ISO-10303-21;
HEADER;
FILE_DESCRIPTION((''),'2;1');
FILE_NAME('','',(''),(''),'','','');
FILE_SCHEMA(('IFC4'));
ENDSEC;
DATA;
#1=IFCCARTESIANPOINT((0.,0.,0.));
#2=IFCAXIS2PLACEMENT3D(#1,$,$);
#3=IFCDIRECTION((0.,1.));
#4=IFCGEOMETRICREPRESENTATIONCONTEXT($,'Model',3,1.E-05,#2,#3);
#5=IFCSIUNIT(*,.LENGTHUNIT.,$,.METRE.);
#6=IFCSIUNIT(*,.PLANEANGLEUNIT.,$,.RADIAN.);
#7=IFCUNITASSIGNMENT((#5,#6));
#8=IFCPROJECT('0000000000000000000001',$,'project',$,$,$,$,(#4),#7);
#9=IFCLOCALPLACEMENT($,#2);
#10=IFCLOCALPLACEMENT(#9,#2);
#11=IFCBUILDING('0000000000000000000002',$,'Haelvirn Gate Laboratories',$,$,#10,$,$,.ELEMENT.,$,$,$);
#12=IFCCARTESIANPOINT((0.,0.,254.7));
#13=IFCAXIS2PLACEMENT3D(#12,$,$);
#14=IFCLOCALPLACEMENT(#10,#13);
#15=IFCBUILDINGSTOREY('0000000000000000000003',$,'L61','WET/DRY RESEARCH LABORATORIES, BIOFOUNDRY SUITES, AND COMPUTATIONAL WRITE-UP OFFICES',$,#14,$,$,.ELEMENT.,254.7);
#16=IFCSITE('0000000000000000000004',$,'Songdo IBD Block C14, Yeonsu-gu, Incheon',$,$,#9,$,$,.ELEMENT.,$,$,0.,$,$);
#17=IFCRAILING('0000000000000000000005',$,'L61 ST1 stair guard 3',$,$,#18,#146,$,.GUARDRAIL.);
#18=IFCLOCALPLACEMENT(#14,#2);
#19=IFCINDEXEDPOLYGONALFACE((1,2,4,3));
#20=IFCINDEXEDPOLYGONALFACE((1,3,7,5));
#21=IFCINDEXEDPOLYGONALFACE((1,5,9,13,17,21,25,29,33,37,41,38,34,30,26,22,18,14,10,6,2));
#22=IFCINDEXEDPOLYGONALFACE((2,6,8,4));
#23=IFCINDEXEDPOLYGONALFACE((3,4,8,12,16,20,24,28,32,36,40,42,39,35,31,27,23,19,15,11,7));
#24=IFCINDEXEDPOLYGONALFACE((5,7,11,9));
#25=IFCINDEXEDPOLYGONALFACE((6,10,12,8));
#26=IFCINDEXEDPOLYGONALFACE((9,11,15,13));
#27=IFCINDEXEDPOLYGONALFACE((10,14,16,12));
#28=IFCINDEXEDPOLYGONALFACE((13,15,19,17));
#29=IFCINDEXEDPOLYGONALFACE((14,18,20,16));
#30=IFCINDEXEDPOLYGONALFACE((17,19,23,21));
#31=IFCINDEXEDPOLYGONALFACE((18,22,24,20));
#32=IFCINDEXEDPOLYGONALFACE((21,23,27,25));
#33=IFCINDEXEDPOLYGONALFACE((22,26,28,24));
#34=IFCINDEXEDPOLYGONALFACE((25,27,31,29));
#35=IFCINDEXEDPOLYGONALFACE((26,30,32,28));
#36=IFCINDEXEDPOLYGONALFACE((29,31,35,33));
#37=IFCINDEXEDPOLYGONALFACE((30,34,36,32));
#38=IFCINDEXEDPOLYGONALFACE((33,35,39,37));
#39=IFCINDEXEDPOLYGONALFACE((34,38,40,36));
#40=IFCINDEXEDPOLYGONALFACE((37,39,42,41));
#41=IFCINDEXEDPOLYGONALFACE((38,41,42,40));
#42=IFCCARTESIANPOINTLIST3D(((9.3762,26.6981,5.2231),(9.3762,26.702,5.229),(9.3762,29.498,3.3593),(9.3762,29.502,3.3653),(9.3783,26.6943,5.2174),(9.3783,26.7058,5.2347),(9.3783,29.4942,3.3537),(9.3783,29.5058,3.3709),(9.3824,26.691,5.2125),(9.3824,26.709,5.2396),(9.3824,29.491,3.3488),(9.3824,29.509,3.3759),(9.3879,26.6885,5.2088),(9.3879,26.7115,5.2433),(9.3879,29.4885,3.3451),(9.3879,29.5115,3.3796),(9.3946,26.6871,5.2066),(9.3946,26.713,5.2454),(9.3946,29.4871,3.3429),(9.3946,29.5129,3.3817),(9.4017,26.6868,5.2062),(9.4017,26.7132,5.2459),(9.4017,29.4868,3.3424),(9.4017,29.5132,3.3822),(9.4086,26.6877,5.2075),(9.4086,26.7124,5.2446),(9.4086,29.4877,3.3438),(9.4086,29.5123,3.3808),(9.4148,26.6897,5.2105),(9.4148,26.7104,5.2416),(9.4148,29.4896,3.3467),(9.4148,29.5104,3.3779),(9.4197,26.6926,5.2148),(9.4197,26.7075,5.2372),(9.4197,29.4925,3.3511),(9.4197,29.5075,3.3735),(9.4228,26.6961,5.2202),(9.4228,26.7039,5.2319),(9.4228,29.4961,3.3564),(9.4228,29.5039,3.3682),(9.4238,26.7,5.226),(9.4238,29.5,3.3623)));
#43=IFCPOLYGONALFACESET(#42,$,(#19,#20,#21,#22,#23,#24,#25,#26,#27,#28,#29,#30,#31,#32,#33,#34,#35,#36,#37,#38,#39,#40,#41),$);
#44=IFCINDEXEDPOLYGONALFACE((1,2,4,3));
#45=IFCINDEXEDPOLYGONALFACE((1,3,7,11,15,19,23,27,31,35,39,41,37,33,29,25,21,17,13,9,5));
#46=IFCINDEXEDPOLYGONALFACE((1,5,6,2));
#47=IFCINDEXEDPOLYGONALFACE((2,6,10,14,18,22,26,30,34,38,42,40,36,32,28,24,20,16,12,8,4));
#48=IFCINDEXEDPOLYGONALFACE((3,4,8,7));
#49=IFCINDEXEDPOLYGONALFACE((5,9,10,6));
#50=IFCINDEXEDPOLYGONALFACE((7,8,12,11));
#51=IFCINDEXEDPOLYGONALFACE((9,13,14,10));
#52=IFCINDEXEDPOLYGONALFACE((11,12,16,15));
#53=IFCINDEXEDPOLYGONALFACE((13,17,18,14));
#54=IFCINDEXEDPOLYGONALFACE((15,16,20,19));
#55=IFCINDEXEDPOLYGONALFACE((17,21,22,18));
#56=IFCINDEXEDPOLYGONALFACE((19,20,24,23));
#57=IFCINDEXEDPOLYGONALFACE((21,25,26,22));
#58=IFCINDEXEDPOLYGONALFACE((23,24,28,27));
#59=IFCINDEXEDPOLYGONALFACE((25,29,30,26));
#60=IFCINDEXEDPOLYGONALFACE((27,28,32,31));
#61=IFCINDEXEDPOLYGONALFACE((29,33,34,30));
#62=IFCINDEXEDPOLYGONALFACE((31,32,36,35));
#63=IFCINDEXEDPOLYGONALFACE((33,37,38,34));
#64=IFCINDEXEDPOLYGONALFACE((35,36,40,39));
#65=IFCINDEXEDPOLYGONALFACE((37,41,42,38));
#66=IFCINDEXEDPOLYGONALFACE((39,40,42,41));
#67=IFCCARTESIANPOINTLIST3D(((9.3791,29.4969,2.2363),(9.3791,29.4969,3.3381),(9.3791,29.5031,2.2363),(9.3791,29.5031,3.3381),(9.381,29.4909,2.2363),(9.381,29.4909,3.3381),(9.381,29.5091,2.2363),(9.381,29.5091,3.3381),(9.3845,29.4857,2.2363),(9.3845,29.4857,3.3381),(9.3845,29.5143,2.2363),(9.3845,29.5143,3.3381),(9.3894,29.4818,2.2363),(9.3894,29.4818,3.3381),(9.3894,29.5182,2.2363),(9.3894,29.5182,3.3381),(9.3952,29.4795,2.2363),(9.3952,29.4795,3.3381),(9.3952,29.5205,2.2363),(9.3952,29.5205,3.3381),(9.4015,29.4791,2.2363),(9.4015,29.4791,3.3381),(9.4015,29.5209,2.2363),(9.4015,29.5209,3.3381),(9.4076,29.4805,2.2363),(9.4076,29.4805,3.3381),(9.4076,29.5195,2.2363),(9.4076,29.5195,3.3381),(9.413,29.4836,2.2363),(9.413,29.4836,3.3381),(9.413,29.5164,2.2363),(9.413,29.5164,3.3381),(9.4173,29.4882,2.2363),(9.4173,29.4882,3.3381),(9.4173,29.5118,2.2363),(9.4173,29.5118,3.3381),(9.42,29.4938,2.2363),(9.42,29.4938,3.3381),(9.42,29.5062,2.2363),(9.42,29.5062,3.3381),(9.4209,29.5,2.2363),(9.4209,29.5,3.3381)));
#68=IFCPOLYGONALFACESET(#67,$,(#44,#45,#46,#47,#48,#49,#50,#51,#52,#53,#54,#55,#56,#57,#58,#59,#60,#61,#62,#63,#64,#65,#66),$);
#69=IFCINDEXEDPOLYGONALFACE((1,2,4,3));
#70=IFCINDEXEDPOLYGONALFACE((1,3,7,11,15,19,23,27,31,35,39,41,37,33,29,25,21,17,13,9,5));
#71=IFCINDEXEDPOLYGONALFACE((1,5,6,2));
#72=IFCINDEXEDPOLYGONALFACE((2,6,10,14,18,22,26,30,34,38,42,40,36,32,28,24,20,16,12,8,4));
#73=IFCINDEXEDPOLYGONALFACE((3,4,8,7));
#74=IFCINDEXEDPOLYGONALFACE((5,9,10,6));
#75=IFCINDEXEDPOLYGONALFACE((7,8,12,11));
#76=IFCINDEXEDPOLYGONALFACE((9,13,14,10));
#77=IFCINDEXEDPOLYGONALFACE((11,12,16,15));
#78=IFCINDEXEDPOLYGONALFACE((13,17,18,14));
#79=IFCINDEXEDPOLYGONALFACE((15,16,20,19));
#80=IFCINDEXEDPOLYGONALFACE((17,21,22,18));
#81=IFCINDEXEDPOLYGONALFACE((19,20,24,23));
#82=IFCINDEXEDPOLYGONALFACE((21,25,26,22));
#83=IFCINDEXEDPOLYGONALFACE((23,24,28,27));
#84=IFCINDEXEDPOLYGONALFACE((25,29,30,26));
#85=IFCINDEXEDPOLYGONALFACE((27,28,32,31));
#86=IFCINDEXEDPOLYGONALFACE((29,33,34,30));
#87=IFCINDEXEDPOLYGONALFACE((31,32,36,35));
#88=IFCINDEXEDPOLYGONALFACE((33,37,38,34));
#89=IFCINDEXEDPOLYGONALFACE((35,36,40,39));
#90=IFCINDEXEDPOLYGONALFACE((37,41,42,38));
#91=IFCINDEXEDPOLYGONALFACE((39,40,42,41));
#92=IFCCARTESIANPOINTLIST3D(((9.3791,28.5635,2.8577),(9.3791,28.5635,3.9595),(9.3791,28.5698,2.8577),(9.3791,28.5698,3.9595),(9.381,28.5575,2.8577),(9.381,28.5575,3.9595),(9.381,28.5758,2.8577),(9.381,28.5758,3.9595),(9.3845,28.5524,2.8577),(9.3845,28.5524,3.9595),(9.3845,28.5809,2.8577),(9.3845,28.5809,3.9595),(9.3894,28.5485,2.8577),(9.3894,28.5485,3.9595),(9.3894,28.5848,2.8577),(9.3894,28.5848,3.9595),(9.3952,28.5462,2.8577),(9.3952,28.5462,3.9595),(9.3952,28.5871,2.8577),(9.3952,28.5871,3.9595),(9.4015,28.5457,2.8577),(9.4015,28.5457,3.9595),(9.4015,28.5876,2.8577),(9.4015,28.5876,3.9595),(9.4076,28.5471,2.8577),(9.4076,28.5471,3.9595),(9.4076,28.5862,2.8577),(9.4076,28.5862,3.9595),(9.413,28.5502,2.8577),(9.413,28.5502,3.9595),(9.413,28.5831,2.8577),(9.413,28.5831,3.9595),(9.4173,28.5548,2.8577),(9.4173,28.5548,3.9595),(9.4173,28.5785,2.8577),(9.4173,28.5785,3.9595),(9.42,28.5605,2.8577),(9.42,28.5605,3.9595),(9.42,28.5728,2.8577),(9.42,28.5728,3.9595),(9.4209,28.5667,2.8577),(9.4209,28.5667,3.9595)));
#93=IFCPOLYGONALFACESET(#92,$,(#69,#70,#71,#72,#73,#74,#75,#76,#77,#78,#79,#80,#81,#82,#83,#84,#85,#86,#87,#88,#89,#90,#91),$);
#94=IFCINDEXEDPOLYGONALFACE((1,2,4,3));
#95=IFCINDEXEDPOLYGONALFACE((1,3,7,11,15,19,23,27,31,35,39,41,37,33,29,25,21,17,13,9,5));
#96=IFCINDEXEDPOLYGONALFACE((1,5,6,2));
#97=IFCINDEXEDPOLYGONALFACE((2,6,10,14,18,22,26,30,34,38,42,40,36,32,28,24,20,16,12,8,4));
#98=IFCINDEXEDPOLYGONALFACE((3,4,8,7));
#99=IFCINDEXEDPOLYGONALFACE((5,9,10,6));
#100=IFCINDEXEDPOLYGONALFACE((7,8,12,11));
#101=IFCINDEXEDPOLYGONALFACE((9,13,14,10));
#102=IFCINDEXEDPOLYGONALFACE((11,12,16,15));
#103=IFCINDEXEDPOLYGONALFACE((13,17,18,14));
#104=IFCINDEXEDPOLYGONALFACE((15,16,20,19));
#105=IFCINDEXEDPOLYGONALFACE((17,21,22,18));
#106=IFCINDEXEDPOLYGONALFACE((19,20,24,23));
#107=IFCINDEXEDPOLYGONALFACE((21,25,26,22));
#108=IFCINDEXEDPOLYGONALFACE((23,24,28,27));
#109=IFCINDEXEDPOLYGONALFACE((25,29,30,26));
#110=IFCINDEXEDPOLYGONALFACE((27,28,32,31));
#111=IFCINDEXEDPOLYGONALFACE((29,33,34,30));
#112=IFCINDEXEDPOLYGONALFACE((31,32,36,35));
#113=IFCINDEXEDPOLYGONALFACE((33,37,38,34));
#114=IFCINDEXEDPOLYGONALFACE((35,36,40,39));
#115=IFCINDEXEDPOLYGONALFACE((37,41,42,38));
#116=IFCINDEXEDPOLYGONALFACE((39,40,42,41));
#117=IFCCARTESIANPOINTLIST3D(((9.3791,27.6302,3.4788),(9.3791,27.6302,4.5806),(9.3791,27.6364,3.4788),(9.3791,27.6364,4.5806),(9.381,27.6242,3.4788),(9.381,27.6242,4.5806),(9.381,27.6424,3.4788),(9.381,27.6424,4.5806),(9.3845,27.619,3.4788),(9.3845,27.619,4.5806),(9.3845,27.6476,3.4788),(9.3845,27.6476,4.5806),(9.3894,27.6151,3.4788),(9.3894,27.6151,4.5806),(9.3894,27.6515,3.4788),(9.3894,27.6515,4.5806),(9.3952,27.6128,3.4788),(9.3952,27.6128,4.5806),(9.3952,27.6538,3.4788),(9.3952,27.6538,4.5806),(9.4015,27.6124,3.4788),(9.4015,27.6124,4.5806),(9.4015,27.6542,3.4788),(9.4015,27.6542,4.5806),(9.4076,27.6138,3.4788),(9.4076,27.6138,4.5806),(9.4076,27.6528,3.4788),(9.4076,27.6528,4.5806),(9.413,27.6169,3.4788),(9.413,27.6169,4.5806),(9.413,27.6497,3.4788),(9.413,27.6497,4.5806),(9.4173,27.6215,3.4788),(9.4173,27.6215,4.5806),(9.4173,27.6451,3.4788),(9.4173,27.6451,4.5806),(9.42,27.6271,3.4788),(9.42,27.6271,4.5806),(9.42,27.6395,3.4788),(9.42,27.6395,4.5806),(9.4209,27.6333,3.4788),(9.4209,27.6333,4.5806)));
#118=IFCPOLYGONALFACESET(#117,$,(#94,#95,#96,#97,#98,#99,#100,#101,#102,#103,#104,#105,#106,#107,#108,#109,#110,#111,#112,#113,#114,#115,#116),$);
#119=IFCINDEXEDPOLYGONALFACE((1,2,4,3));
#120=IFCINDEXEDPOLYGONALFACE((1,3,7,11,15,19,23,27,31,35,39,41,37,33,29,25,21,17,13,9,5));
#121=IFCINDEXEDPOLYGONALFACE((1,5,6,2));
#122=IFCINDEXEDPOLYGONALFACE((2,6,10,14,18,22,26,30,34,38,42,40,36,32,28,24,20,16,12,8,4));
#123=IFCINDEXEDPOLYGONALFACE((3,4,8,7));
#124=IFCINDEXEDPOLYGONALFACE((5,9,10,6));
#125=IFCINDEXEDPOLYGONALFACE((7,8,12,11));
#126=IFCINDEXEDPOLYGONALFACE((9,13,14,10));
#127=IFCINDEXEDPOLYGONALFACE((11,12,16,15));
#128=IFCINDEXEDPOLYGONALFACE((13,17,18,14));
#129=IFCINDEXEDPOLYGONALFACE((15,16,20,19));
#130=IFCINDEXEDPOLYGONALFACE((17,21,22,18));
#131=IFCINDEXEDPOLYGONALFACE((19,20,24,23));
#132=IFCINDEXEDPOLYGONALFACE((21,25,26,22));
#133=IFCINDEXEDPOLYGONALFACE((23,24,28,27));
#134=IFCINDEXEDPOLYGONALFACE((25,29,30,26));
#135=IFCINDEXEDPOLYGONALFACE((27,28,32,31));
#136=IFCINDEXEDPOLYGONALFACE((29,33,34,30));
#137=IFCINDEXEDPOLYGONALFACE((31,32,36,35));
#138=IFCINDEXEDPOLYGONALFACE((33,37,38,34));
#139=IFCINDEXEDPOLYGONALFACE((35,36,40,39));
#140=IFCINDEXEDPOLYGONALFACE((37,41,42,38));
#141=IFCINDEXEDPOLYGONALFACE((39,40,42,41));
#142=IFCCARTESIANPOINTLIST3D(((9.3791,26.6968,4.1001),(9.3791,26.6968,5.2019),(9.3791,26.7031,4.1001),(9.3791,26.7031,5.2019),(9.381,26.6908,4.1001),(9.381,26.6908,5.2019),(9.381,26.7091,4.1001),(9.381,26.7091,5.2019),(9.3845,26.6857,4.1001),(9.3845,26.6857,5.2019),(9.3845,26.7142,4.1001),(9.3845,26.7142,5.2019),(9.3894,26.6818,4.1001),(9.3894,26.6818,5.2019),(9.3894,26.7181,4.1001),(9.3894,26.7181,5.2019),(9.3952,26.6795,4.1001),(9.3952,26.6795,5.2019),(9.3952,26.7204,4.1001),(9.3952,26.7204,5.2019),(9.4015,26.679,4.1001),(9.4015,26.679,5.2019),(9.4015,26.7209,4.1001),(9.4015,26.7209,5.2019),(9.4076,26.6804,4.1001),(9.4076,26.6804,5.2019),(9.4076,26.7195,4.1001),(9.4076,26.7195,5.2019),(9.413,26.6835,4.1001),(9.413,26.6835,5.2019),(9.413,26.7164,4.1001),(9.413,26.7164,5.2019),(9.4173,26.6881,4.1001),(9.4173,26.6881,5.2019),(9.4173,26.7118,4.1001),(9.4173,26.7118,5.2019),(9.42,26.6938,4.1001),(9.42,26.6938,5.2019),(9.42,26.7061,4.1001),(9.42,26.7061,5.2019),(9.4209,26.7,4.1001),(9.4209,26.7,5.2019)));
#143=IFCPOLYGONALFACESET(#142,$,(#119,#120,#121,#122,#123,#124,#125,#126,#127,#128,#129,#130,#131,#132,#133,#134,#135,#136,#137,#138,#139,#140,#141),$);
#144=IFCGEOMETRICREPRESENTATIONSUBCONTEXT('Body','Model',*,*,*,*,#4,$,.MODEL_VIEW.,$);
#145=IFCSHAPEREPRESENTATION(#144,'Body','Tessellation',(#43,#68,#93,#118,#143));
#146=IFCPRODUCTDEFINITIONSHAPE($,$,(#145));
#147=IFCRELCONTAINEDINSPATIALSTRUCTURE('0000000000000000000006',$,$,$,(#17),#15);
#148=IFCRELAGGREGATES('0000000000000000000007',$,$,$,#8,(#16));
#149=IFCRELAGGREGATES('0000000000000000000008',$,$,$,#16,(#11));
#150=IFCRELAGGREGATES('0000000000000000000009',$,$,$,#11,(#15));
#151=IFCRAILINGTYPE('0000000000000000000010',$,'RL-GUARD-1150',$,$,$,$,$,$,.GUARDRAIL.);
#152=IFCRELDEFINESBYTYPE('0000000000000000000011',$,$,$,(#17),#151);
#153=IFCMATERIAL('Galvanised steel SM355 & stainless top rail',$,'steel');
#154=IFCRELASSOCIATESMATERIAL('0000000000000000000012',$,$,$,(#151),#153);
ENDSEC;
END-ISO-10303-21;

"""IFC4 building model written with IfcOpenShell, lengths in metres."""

from ifc_helpers import new_model, si_unit, direction, frame, origin, origin_2d, place, context, subcontext, project, spatial, circle, extrude, source, transform, mapped, material, type_object, element, save


model = new_model("IFC4")

# Units and contexts
model_context = context("Model", 3, precision=1e-05, world=origin(), true_north=direction((0.0, 1.0)))
body_context = subcontext(model_context, "Body", "Model", "MODEL_VIEW")
ifc_project = project(units=[si_unit("LENGTHUNIT", "METRE"), si_unit("PLANEANGLEUNIT", "RADIAN")], contexts=[model_context])

# Site, building, storey
site_placement = place(None, origin())
site = spatial("IfcSite", under=ifc_project, at=site_placement, Name="Songdo IBD Block C14, Yeonsu-gu, Incheon", CompositionType="ELEMENT", RefElevation=0.0)
building_placement = place(site_placement, origin())
building = spatial("IfcBuilding", under=site, at=building_placement, Name="Haelvirn Gate Laboratories", CompositionType="ELEMENT")
storey_placement = place(building_placement, frame((0.0, 0.0, 254.7)))
storey = spatial("IfcBuildingStorey", under=building, at=storey_placement, Name="L61", Description="WET/DRY RESEARCH LABORATORIES, BIOFOUNDRY SUITES, AND COMPUTATIONAL WRITE-UP OFFICES", CompositionType="ELEMENT", Elevation=254.7)

# Railing
ifc_material_1 = material(Name="Galvanised steel SM355 & stainless top rail", Category="steel")
railing_type_1 = type_object("IfcRailingType", Name="RL-GUARD-1150", PredefinedType="GUARDRAIL", material=ifc_material_1)
shared_shape_1 = source(origin(), body_context, "Body", "SweptSolid", [
    extrude(circle(Radius=0.0239, at=origin_2d()), frame((0.0, 0.0, 1.126), z_axis=(0.0, -0.832452, 0.554097), x_axis=(1.0, 0.0, 0.0)), (0.0, 0.0, 1.0), 3.3635),
    extrude(circle(Radius=0.021, at=origin_2d()), origin(), (0.0, 0.0, 1.0), 1.1018),
    extrude(circle(Radius=0.021, at=origin_2d()), frame((0.0, -0.9333, 0.6213)), (0.0, 0.0, 1.0), 1.1018),
    extrude(circle(Radius=0.021, at=origin_2d()), frame((0.0, -1.8667, 1.2424)), (0.0, 0.0, 1.0), 1.1018),
    extrude(circle(Radius=0.021, at=origin_2d()), frame((0.0, -2.8, 1.8638)), (0.0, 0.0, 1.0), 1.1018),
])
railing_1_placement = place(storey_placement, frame((9.3999, 29.5, 2.2363)))
element("IfcRailing", 1, at=railing_1_placement, inside=storey, type_object=railing_type_1, Name="L61 ST1 stair guard 3", PredefinedType="GUARDRAIL", context=body_context, shape_type="MappedRepresentation", body=[
    mapped(shared_shape_1, transform((0.0, 0.0, 0.0), scale=1.0)),
])

save(model, "model.ifc")
